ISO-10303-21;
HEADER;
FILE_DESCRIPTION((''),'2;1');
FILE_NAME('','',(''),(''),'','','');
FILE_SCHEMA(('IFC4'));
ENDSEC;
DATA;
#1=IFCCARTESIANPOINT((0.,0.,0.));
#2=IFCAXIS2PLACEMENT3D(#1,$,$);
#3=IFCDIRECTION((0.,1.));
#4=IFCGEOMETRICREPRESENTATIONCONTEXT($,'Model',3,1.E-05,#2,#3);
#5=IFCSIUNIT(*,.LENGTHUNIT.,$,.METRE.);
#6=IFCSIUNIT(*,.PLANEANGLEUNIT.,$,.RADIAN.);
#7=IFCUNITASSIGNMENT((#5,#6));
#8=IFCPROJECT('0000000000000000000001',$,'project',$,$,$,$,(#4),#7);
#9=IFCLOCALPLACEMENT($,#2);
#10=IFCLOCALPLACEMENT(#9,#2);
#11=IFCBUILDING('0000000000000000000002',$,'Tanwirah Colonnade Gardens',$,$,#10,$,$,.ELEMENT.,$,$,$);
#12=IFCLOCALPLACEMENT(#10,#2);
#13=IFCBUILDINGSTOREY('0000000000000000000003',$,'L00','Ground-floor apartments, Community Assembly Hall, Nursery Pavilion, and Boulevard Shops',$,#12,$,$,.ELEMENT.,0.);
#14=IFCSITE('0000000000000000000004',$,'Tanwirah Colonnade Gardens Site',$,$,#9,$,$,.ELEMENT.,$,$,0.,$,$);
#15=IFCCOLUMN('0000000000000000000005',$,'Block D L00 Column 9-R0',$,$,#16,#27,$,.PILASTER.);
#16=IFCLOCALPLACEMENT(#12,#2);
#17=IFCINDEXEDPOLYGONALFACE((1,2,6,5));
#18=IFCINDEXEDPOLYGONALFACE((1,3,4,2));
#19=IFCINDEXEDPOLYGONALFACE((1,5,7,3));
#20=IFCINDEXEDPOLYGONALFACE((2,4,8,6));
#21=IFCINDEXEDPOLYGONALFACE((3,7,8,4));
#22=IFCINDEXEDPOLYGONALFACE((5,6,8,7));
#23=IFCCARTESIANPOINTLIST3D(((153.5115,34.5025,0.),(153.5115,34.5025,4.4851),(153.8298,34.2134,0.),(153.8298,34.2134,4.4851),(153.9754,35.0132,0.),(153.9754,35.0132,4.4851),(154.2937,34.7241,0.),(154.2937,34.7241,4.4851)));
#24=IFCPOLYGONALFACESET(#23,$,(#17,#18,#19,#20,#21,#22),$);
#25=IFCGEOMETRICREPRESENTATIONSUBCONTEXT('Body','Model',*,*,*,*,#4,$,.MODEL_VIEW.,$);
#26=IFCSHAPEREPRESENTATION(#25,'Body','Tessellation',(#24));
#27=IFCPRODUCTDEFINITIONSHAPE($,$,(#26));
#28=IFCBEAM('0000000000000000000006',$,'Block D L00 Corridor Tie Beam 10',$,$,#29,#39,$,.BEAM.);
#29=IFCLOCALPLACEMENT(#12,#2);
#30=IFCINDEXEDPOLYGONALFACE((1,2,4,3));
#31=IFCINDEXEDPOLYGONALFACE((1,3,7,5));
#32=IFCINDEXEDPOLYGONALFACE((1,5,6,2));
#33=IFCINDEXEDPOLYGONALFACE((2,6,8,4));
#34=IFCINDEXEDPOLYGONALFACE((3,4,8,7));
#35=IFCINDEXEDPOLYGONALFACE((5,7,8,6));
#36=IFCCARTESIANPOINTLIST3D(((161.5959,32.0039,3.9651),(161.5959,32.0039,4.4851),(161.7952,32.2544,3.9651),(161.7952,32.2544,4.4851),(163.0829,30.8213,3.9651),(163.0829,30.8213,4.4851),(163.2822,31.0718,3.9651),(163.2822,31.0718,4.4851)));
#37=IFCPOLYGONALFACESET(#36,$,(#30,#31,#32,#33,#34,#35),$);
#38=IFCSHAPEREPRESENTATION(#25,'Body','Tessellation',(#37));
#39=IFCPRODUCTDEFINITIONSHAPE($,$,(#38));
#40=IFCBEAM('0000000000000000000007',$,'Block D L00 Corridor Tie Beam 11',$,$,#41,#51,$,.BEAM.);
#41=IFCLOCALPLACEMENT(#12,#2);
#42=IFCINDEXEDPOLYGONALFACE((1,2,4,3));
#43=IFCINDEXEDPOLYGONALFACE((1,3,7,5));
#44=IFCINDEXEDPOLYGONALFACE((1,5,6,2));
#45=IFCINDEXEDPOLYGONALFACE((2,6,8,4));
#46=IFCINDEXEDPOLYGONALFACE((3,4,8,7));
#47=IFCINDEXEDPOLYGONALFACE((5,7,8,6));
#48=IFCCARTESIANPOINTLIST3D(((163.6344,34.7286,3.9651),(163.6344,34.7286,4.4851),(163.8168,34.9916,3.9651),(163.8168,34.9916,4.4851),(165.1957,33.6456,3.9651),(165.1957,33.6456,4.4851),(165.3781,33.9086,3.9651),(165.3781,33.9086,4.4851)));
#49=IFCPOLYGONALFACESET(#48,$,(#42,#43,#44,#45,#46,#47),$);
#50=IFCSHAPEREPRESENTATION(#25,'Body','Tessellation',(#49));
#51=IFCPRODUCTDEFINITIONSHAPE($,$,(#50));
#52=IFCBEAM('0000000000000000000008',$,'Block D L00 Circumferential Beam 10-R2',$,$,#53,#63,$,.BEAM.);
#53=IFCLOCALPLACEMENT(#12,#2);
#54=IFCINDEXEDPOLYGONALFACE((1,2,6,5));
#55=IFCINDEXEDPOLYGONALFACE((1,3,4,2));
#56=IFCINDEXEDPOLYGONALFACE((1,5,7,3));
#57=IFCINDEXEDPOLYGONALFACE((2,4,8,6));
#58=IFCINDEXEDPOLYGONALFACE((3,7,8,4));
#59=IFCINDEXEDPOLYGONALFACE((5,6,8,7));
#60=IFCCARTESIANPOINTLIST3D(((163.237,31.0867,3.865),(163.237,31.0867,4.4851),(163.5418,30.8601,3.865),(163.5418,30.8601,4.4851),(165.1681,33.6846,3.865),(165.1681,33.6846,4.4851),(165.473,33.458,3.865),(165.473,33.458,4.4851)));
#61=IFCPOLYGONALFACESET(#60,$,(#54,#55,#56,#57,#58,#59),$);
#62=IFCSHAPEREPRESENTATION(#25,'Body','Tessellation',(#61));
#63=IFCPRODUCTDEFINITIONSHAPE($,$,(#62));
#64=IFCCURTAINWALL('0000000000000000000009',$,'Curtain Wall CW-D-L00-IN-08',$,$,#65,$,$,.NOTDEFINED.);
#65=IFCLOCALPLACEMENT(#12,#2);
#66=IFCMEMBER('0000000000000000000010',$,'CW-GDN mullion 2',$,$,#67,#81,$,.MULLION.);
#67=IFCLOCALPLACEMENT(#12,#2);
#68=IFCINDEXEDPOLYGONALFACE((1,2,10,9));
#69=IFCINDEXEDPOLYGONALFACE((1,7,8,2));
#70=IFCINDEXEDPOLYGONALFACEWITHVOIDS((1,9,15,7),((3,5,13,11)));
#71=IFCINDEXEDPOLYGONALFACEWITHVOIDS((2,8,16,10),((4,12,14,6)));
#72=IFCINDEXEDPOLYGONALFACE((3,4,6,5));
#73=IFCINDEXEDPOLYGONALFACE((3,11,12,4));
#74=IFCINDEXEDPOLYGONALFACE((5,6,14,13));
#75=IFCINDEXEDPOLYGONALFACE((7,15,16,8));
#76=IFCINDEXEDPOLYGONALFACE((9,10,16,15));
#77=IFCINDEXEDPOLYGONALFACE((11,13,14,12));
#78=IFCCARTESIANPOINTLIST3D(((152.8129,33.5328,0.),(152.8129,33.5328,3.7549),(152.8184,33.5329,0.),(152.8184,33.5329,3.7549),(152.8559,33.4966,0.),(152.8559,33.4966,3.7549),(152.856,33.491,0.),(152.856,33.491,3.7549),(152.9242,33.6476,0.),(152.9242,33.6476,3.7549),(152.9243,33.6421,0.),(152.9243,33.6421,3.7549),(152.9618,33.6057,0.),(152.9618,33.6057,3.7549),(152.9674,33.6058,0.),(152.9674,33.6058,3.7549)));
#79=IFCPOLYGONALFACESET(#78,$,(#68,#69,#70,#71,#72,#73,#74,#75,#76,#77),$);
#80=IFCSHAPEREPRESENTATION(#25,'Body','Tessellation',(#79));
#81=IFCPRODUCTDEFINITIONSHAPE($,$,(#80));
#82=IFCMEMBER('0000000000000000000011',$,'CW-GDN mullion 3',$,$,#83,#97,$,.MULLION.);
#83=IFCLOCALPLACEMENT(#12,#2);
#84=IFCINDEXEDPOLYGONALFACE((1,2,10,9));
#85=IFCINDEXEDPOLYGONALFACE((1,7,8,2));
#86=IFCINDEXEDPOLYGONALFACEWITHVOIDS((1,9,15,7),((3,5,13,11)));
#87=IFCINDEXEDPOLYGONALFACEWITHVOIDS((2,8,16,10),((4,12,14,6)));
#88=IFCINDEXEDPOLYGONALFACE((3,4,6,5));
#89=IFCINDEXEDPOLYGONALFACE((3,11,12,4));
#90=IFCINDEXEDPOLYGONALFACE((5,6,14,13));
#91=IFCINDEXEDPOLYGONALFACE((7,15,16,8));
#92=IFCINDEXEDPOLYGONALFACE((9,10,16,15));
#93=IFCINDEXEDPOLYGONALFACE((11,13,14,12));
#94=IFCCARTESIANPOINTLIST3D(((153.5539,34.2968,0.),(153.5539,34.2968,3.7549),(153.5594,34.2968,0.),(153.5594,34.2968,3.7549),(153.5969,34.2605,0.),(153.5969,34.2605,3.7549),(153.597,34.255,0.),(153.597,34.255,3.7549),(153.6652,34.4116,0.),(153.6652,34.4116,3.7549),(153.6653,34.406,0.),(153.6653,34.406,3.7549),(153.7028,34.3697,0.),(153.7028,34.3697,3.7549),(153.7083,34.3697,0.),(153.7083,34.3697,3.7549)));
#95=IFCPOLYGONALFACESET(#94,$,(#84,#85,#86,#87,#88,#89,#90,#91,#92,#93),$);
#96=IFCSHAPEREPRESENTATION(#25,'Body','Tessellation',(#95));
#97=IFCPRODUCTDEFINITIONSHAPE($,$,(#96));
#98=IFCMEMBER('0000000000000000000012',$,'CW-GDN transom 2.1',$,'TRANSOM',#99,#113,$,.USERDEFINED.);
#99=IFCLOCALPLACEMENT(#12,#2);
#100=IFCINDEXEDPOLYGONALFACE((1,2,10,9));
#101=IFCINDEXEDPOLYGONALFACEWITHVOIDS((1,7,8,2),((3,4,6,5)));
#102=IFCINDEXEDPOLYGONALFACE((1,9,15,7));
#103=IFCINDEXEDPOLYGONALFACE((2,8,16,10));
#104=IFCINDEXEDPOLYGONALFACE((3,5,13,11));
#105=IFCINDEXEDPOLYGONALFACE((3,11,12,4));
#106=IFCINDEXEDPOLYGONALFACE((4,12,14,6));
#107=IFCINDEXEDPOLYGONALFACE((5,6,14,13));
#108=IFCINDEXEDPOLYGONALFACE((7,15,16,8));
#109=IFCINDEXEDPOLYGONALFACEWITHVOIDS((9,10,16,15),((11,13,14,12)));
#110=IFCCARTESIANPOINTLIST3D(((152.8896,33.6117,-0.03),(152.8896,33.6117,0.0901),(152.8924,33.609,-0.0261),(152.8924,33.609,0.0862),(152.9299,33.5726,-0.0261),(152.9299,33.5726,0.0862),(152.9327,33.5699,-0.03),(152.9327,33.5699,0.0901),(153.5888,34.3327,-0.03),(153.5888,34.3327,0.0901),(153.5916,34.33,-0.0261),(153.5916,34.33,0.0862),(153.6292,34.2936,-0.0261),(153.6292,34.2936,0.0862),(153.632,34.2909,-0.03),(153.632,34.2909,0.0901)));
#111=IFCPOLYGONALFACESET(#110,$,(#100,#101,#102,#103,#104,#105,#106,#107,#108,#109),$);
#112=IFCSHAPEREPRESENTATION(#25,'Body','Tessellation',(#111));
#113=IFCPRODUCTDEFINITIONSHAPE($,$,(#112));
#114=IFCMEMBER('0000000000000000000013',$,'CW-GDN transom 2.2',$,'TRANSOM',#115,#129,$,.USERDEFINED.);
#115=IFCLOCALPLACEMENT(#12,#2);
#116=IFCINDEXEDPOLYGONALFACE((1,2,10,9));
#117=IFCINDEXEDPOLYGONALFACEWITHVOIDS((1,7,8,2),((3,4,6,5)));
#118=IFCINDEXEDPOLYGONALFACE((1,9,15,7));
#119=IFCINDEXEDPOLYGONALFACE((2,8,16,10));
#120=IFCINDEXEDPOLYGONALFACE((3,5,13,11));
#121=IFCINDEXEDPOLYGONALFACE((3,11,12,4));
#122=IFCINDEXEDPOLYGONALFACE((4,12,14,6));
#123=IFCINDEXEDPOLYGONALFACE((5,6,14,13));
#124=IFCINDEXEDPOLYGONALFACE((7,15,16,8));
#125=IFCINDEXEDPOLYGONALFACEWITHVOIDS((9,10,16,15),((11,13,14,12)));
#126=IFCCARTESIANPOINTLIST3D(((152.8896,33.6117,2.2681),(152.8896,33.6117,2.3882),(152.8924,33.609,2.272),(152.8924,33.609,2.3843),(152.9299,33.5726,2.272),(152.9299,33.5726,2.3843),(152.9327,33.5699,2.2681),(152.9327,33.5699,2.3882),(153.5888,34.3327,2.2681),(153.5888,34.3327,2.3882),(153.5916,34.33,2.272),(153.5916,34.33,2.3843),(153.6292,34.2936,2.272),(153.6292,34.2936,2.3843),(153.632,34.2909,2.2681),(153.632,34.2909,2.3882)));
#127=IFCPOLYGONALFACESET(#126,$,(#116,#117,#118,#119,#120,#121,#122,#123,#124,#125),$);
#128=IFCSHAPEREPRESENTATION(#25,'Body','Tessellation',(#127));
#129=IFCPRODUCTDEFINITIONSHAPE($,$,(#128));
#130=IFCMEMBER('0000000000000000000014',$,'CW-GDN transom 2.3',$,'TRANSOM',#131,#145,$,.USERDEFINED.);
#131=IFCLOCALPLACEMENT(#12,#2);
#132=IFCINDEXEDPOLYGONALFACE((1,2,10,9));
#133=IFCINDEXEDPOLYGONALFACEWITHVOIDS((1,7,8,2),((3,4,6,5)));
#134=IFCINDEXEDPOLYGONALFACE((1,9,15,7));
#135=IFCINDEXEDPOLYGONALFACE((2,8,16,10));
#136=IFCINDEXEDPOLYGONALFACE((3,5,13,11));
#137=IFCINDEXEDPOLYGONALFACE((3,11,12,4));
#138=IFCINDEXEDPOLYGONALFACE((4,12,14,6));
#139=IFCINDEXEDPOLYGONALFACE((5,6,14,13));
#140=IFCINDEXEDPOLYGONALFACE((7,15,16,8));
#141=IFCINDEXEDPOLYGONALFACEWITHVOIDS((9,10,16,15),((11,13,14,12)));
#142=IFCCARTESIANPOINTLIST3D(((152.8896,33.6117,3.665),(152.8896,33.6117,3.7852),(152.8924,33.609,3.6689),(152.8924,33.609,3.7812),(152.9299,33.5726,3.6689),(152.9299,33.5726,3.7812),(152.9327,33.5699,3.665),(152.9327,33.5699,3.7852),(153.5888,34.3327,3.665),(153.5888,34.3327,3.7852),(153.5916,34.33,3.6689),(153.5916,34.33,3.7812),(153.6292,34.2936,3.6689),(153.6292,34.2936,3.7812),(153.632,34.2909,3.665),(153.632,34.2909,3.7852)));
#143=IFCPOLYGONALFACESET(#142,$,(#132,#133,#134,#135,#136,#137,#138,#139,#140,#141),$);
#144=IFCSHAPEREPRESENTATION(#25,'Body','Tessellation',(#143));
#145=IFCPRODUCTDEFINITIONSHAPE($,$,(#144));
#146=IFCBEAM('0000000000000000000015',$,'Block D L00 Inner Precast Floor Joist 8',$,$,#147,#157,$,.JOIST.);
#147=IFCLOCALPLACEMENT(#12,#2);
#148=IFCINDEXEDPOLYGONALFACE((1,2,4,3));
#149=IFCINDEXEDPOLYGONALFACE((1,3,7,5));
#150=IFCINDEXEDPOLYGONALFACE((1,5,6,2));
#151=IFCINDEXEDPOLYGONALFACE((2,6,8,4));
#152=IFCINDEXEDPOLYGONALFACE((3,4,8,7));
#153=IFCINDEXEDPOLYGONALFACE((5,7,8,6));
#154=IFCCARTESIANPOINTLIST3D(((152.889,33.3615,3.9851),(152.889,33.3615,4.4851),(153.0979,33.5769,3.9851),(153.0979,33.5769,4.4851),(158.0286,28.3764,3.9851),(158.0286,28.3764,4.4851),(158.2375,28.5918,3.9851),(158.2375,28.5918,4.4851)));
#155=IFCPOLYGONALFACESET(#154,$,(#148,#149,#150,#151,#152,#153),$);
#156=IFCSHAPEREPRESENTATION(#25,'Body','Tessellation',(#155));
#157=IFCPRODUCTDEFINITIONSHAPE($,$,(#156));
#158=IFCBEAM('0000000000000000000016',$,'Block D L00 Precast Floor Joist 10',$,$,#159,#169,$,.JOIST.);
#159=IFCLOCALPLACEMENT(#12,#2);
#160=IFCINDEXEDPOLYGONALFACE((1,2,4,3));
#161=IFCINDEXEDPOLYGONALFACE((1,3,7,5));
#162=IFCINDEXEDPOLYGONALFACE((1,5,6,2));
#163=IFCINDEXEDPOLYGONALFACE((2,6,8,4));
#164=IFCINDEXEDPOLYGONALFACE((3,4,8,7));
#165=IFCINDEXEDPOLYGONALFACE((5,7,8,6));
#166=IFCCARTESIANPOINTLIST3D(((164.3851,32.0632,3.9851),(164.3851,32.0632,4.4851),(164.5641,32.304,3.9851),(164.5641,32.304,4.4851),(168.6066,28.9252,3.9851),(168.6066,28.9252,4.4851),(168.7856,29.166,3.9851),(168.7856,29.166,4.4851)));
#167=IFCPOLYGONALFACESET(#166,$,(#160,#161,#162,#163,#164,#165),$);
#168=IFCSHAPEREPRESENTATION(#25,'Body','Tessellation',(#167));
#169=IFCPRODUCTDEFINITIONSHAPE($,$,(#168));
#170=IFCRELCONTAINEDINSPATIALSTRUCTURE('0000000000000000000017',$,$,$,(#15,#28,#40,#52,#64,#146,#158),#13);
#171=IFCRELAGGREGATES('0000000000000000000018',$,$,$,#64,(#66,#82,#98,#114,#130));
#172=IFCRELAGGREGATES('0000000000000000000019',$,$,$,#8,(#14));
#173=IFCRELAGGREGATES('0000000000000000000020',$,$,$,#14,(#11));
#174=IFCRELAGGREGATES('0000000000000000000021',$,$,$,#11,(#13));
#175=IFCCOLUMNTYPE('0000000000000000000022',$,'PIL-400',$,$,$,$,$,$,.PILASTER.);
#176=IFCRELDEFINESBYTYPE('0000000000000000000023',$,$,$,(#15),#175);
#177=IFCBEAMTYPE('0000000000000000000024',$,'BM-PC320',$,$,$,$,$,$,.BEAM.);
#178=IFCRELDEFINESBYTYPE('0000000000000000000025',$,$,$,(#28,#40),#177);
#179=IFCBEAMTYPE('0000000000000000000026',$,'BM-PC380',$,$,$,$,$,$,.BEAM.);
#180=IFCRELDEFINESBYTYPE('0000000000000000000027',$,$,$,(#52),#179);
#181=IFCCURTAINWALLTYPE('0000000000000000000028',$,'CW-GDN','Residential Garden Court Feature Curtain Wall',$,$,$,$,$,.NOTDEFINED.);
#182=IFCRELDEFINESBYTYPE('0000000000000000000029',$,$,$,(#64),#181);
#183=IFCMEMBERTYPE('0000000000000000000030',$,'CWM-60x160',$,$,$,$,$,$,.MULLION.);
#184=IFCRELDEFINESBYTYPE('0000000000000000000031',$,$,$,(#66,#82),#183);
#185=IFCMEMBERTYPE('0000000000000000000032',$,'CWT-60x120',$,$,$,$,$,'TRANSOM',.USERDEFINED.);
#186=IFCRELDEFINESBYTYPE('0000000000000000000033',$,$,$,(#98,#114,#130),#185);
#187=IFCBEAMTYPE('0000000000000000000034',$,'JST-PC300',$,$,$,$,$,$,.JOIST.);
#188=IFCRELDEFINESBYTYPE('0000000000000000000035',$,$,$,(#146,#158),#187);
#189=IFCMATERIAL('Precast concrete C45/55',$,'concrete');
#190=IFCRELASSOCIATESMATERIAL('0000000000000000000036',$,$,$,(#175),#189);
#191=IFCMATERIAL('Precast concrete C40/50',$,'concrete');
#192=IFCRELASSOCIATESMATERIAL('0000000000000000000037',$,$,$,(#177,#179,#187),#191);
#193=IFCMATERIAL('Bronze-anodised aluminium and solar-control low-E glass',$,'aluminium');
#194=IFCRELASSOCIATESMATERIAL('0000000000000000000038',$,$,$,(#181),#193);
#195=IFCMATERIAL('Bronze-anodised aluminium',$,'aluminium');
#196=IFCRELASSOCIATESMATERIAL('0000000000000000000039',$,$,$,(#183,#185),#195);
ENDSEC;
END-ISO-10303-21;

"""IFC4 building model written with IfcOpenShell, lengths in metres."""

from ifc_helpers import new_model, si_unit, direction, frame, origin, origin_2d, place, context, subcontext, project, spatial, rectangle, hollow_rectangle, extrude, material, material_profile, profile_set, type_object, element, aggregate, save


model = new_model("IFC4")

# Units and contexts
model_context = context("Model", 3, precision=1e-05, world=origin(), true_north=direction((0.0, 1.0)))
body_context = subcontext(model_context, "Body", "Model", "MODEL_VIEW")
ifc_project = project(units=[si_unit("LENGTHUNIT", "METRE"), si_unit("PLANEANGLEUNIT", "RADIAN")], contexts=[model_context])

# Site, building, storey
site_placement = place(None, origin())
site = spatial("IfcSite", under=ifc_project, at=site_placement, Name="Tanwirah Colonnade Gardens Site", CompositionType="ELEMENT", RefElevation=0.0)
building_placement = place(site_placement, origin())
building = spatial("IfcBuilding", under=site, at=building_placement, Name="Tanwirah Colonnade Gardens", CompositionType="ELEMENT")
storey_placement = place(building_placement, origin())
storey = spatial("IfcBuildingStorey", under=building, at=storey_placement, Name="L00", Description="Ground-floor apartments, Community Assembly Hall, Nursery Pavilion, and Boulevard Shops", CompositionType="ELEMENT", Elevation=0.0)

# Column
ifc_material_1 = material(Name="Precast concrete C45/55", Category="concrete")
ifc_material_profile_1 = material_profile(ifc_material_1, rectangle(XDim=0.4299, YDim=0.6899, at=origin_2d()), Name="PC-PIL 430x690")
ifc_profile_set_1 = profile_set([ifc_material_profile_1], Name="Precast concrete C45/55")
column_type = type_object("IfcColumnType", Name="PIL-400", PredefinedType="PILASTER", material=ifc_profile_set_1)
column_placement = place(storey_placement, frame((153.9026, 34.6133, 0.0), z_axis=(0.0, 0.0, 1.0), x_axis=(0.740218, -0.672367, 0.0)))
element("IfcColumn", 1, at=column_placement, inside=storey, type_object=column_type, Name="Block D L00 Column 9-R0", PredefinedType="PILASTER", context=body_context, shape_type="SweptSolid", body=[
    extrude(rectangle(XDim=0.4299, YDim=0.6899, at=origin_2d()), origin(), (0.0, 0.0, 1.0), 4.4851),
])

# Beams
ifc_material_2 = material(Name="Precast concrete C40/50", Category="concrete")
ifc_material_profile_2 = material_profile(ifc_material_2, rectangle(XDim=0.3201, YDim=0.52, at=origin_2d()), Name="PC-BM 320x520")
ifc_profile_set_2 = profile_set([ifc_material_profile_2], Name="Precast concrete C40/50")
beam_type_1 = type_object("IfcBeamType", Name="BM-PC320", PredefinedType="BEAM", material=ifc_profile_set_2)
beam_1_placement = place(storey_placement, frame((161.6956, 32.1292, 4.2251), z_axis=(0.782671, -0.622436, 0.0), x_axis=(0.622436, 0.782671, 0.0)))
element("IfcBeam", 2, at=beam_1_placement, inside=storey, type_object=beam_type_1, Name="Block D L00 Corridor Tie Beam 10", PredefinedType="BEAM", context=body_context, shape_type="SweptSolid", body=[
    extrude(rectangle(XDim=0.3201, YDim=0.52, at=origin_2d()), origin(), (0.0, 0.0, 1.0), 1.8999),
])
beam_2_placement = place(storey_placement, frame((163.7256, 34.8601, 4.2251), z_axis=(0.821669, -0.569965, 0.0), x_axis=(0.569965, 0.821669, 0.0)))
element("IfcBeam", 3, at=beam_2_placement, inside=storey, type_object=beam_type_1, Name="Block D L00 Corridor Tie Beam 11", PredefinedType="BEAM", context=body_context, shape_type="SweptSolid", body=[
    extrude(rectangle(XDim=0.3201, YDim=0.52, at=origin_2d()), origin(), (0.0, 0.0, 1.0), 1.9001),
])
ifc_material_profile_3 = material_profile(ifc_material_2, rectangle(XDim=0.3799, YDim=0.6201, at=origin_2d()), Name="PC-BM 380x620")
ifc_profile_set_3 = profile_set([ifc_material_profile_3], Name="Precast concrete C40/50")
beam_type_2 = type_object("IfcBeamType", Name="BM-PC380", PredefinedType="BEAM", material=ifc_profile_set_3)
beam_3_placement = place(storey_placement, frame((163.3894, 30.9734, 4.175), z_axis=(0.596579, 0.802554, 0.0), x_axis=(-0.802554, 0.596579, 0.0)))
element("IfcBeam", 4, at=beam_3_placement, inside=storey, type_object=beam_type_2, Name="Block D L00 Circumferential Beam 10-R2", PredefinedType="BEAM", context=body_context, shape_type="SweptSolid", body=[
    extrude(rectangle(XDim=0.3799, YDim=0.6201, at=origin_2d()), origin(), (0.0, 0.0, 1.0), 3.2371),
])

# Curtain wall, members
ifc_material_3 = material(Name="Bronze-anodised aluminium and solar-control low-E glass", Category="aluminium")
curtain_wall_type = type_object("IfcCurtainWallType", Name="CW-GDN", Description="Residential Garden Court Feature Curtain Wall", PredefinedType="NOTDEFINED", material=ifc_material_3)
curtain_wall_placement = place(storey_placement, origin())
curtain_wall = element("IfcCurtainWall", 5, at=curtain_wall_placement, inside=storey, type_object=curtain_wall_type, Name="Curtain Wall CW-D-L00-IN-08", PredefinedType="NOTDEFINED")
ifc_material_4 = material(Name="Bronze-anodised aluminium", Category="aluminium")
ifc_material_profile_4 = material_profile(ifc_material_4, hollow_rectangle(XDim=0.0601, YDim=0.1599, WallThickness=0.0039, at=origin_2d()), Name="CW-MUL 60x160x4")
ifc_profile_set_4 = profile_set([ifc_material_profile_4], Name="Bronze-anodised aluminium")
member_type_1 = type_object("IfcMemberType", Name="CWM-60x160", PredefinedType="MULLION", material=ifc_profile_set_4)
member_1_placement = place(storey_placement, frame((152.8901, 33.5693, 0.0), z_axis=(0.0, 0.0, 1.0), x_axis=(-0.717825, 0.696223, 0.0)))
member_1 = element("IfcMember", 6, at=member_1_placement, type_object=member_type_1, Name="CW-GDN mullion 2", PredefinedType="MULLION", context=body_context, shape_type="SweptSolid", body=[
    extrude(hollow_rectangle(XDim=0.0601, YDim=0.1599, WallThickness=0.0039, at=origin_2d()), origin(), (0.0, 0.0, 1.0), 3.7549),
])
member_2_placement = place(storey_placement, frame((153.6311, 34.3333, 0.0), z_axis=(0.0, 0.0, 1.0), x_axis=(-0.717825, 0.696223, 0.0)))
member_2 = element("IfcMember", 7, at=member_2_placement, type_object=member_type_1, Name="CW-GDN mullion 3", PredefinedType="MULLION", context=body_context, shape_type="SweptSolid", body=[
    extrude(hollow_rectangle(XDim=0.0601, YDim=0.1599, WallThickness=0.0039, at=origin_2d()), origin(), (0.0, 0.0, 1.0), 3.7549),
])
ifc_material_profile_5 = material_profile(ifc_material_4, hollow_rectangle(XDim=0.0601, YDim=0.1201, WallThickness=0.0039, at=origin_2d()), Name="CW-TRN 60x120x4")
ifc_profile_set_5 = profile_set([ifc_material_profile_5], Name="Bronze-anodised aluminium")
member_type_2 = type_object("IfcMemberType", Name="CWT-60x120", ElementType="TRANSOM", PredefinedType="USERDEFINED", material=ifc_profile_set_5)
member_3_placement = place(storey_placement, frame((152.9111, 33.5908, 0.03), z_axis=(0.696207, 0.717841, 0.0), x_axis=(-0.717841, 0.696207, 0.0)))
member_3 = element("IfcMember", 8, at=member_3_placement, type_object=member_type_2, Name="CW-GDN transom 2.1", ObjectType="TRANSOM", PredefinedType="USERDEFINED", context=body_context, shape_type="SweptSolid", body=[
    extrude(hollow_rectangle(XDim=0.0601, YDim=0.1201, WallThickness=0.0039, at=origin_2d()), origin(), (0.0, 0.0, 1.0), 1.0044),
])
member_4_placement = place(storey_placement, frame((152.9111, 33.5908, 2.3281), z_axis=(0.696207, 0.717841, 0.0), x_axis=(-0.717841, 0.696207, 0.0)))
member_4 = element("IfcMember", 9, at=member_4_placement, type_object=member_type_2, Name="CW-GDN transom 2.2", ObjectType="TRANSOM", PredefinedType="USERDEFINED", context=body_context, shape_type="SweptSolid", body=[
    extrude(hollow_rectangle(XDim=0.0601, YDim=0.1201, WallThickness=0.0039, at=origin_2d()), origin(), (0.0, 0.0, 1.0), 1.0044),
])
member_5_placement = place(storey_placement, frame((152.9111, 33.5908, 3.7251), z_axis=(0.696207, 0.717841, 0.0), x_axis=(-0.717841, 0.696207, 0.0)))
member_5 = element("IfcMember", 10, at=member_5_placement, type_object=member_type_2, Name="CW-GDN transom 2.3", ObjectType="TRANSOM", PredefinedType="USERDEFINED", context=body_context, shape_type="SweptSolid", body=[
    extrude(hollow_rectangle(XDim=0.0601, YDim=0.1201, WallThickness=0.0039, at=origin_2d()), origin(), (0.0, 0.0, 1.0), 1.0044),
])

# Beams
ifc_material_profile_6 = material_profile(ifc_material_2, rectangle(XDim=0.3, YDim=0.5, at=origin_2d()), Name="PC-JST 300x500")
ifc_profile_set_6 = profile_set([ifc_material_profile_6], Name="Precast concrete C40/50")
beam_type_3 = type_object("IfcBeamType", Name="JST-PC300", PredefinedType="JOIST", material=ifc_profile_set_6)
beam_4_placement = place(storey_placement, frame((152.9934, 33.4692, 4.2351), z_axis=(0.717816, -0.696233, 0.0), x_axis=(0.696233, 0.717816, 0.0)))
element("IfcBeam", 11, at=beam_4_placement, inside=storey, type_object=beam_type_3, Name="Block D L00 Inner Precast Floor Joist 8", PredefinedType="JOIST", context=body_context, shape_type="SweptSolid", body=[
    extrude(rectangle(XDim=0.3, YDim=0.5, at=origin_2d()), origin(), (0.0, 0.0, 1.0), 7.1602),
])
beam_5_placement = place(storey_placement, frame((164.4746, 32.1836, 4.2351), z_axis=(0.80256, -0.596571, 0.0), x_axis=(0.596571, 0.80256, 0.0)))
element("IfcBeam", 12, at=beam_5_placement, inside=storey, type_object=beam_type_3, Name="Block D L00 Precast Floor Joist 10", PredefinedType="JOIST", context=body_context, shape_type="SweptSolid", body=[
    extrude(rectangle(XDim=0.3, YDim=0.5, at=origin_2d()), origin(), (0.0, 0.0, 1.0), 5.26),
])

aggregate(curtain_wall, [member_1, member_2, member_3, member_4, member_5])

save(model, "model.ifc")
